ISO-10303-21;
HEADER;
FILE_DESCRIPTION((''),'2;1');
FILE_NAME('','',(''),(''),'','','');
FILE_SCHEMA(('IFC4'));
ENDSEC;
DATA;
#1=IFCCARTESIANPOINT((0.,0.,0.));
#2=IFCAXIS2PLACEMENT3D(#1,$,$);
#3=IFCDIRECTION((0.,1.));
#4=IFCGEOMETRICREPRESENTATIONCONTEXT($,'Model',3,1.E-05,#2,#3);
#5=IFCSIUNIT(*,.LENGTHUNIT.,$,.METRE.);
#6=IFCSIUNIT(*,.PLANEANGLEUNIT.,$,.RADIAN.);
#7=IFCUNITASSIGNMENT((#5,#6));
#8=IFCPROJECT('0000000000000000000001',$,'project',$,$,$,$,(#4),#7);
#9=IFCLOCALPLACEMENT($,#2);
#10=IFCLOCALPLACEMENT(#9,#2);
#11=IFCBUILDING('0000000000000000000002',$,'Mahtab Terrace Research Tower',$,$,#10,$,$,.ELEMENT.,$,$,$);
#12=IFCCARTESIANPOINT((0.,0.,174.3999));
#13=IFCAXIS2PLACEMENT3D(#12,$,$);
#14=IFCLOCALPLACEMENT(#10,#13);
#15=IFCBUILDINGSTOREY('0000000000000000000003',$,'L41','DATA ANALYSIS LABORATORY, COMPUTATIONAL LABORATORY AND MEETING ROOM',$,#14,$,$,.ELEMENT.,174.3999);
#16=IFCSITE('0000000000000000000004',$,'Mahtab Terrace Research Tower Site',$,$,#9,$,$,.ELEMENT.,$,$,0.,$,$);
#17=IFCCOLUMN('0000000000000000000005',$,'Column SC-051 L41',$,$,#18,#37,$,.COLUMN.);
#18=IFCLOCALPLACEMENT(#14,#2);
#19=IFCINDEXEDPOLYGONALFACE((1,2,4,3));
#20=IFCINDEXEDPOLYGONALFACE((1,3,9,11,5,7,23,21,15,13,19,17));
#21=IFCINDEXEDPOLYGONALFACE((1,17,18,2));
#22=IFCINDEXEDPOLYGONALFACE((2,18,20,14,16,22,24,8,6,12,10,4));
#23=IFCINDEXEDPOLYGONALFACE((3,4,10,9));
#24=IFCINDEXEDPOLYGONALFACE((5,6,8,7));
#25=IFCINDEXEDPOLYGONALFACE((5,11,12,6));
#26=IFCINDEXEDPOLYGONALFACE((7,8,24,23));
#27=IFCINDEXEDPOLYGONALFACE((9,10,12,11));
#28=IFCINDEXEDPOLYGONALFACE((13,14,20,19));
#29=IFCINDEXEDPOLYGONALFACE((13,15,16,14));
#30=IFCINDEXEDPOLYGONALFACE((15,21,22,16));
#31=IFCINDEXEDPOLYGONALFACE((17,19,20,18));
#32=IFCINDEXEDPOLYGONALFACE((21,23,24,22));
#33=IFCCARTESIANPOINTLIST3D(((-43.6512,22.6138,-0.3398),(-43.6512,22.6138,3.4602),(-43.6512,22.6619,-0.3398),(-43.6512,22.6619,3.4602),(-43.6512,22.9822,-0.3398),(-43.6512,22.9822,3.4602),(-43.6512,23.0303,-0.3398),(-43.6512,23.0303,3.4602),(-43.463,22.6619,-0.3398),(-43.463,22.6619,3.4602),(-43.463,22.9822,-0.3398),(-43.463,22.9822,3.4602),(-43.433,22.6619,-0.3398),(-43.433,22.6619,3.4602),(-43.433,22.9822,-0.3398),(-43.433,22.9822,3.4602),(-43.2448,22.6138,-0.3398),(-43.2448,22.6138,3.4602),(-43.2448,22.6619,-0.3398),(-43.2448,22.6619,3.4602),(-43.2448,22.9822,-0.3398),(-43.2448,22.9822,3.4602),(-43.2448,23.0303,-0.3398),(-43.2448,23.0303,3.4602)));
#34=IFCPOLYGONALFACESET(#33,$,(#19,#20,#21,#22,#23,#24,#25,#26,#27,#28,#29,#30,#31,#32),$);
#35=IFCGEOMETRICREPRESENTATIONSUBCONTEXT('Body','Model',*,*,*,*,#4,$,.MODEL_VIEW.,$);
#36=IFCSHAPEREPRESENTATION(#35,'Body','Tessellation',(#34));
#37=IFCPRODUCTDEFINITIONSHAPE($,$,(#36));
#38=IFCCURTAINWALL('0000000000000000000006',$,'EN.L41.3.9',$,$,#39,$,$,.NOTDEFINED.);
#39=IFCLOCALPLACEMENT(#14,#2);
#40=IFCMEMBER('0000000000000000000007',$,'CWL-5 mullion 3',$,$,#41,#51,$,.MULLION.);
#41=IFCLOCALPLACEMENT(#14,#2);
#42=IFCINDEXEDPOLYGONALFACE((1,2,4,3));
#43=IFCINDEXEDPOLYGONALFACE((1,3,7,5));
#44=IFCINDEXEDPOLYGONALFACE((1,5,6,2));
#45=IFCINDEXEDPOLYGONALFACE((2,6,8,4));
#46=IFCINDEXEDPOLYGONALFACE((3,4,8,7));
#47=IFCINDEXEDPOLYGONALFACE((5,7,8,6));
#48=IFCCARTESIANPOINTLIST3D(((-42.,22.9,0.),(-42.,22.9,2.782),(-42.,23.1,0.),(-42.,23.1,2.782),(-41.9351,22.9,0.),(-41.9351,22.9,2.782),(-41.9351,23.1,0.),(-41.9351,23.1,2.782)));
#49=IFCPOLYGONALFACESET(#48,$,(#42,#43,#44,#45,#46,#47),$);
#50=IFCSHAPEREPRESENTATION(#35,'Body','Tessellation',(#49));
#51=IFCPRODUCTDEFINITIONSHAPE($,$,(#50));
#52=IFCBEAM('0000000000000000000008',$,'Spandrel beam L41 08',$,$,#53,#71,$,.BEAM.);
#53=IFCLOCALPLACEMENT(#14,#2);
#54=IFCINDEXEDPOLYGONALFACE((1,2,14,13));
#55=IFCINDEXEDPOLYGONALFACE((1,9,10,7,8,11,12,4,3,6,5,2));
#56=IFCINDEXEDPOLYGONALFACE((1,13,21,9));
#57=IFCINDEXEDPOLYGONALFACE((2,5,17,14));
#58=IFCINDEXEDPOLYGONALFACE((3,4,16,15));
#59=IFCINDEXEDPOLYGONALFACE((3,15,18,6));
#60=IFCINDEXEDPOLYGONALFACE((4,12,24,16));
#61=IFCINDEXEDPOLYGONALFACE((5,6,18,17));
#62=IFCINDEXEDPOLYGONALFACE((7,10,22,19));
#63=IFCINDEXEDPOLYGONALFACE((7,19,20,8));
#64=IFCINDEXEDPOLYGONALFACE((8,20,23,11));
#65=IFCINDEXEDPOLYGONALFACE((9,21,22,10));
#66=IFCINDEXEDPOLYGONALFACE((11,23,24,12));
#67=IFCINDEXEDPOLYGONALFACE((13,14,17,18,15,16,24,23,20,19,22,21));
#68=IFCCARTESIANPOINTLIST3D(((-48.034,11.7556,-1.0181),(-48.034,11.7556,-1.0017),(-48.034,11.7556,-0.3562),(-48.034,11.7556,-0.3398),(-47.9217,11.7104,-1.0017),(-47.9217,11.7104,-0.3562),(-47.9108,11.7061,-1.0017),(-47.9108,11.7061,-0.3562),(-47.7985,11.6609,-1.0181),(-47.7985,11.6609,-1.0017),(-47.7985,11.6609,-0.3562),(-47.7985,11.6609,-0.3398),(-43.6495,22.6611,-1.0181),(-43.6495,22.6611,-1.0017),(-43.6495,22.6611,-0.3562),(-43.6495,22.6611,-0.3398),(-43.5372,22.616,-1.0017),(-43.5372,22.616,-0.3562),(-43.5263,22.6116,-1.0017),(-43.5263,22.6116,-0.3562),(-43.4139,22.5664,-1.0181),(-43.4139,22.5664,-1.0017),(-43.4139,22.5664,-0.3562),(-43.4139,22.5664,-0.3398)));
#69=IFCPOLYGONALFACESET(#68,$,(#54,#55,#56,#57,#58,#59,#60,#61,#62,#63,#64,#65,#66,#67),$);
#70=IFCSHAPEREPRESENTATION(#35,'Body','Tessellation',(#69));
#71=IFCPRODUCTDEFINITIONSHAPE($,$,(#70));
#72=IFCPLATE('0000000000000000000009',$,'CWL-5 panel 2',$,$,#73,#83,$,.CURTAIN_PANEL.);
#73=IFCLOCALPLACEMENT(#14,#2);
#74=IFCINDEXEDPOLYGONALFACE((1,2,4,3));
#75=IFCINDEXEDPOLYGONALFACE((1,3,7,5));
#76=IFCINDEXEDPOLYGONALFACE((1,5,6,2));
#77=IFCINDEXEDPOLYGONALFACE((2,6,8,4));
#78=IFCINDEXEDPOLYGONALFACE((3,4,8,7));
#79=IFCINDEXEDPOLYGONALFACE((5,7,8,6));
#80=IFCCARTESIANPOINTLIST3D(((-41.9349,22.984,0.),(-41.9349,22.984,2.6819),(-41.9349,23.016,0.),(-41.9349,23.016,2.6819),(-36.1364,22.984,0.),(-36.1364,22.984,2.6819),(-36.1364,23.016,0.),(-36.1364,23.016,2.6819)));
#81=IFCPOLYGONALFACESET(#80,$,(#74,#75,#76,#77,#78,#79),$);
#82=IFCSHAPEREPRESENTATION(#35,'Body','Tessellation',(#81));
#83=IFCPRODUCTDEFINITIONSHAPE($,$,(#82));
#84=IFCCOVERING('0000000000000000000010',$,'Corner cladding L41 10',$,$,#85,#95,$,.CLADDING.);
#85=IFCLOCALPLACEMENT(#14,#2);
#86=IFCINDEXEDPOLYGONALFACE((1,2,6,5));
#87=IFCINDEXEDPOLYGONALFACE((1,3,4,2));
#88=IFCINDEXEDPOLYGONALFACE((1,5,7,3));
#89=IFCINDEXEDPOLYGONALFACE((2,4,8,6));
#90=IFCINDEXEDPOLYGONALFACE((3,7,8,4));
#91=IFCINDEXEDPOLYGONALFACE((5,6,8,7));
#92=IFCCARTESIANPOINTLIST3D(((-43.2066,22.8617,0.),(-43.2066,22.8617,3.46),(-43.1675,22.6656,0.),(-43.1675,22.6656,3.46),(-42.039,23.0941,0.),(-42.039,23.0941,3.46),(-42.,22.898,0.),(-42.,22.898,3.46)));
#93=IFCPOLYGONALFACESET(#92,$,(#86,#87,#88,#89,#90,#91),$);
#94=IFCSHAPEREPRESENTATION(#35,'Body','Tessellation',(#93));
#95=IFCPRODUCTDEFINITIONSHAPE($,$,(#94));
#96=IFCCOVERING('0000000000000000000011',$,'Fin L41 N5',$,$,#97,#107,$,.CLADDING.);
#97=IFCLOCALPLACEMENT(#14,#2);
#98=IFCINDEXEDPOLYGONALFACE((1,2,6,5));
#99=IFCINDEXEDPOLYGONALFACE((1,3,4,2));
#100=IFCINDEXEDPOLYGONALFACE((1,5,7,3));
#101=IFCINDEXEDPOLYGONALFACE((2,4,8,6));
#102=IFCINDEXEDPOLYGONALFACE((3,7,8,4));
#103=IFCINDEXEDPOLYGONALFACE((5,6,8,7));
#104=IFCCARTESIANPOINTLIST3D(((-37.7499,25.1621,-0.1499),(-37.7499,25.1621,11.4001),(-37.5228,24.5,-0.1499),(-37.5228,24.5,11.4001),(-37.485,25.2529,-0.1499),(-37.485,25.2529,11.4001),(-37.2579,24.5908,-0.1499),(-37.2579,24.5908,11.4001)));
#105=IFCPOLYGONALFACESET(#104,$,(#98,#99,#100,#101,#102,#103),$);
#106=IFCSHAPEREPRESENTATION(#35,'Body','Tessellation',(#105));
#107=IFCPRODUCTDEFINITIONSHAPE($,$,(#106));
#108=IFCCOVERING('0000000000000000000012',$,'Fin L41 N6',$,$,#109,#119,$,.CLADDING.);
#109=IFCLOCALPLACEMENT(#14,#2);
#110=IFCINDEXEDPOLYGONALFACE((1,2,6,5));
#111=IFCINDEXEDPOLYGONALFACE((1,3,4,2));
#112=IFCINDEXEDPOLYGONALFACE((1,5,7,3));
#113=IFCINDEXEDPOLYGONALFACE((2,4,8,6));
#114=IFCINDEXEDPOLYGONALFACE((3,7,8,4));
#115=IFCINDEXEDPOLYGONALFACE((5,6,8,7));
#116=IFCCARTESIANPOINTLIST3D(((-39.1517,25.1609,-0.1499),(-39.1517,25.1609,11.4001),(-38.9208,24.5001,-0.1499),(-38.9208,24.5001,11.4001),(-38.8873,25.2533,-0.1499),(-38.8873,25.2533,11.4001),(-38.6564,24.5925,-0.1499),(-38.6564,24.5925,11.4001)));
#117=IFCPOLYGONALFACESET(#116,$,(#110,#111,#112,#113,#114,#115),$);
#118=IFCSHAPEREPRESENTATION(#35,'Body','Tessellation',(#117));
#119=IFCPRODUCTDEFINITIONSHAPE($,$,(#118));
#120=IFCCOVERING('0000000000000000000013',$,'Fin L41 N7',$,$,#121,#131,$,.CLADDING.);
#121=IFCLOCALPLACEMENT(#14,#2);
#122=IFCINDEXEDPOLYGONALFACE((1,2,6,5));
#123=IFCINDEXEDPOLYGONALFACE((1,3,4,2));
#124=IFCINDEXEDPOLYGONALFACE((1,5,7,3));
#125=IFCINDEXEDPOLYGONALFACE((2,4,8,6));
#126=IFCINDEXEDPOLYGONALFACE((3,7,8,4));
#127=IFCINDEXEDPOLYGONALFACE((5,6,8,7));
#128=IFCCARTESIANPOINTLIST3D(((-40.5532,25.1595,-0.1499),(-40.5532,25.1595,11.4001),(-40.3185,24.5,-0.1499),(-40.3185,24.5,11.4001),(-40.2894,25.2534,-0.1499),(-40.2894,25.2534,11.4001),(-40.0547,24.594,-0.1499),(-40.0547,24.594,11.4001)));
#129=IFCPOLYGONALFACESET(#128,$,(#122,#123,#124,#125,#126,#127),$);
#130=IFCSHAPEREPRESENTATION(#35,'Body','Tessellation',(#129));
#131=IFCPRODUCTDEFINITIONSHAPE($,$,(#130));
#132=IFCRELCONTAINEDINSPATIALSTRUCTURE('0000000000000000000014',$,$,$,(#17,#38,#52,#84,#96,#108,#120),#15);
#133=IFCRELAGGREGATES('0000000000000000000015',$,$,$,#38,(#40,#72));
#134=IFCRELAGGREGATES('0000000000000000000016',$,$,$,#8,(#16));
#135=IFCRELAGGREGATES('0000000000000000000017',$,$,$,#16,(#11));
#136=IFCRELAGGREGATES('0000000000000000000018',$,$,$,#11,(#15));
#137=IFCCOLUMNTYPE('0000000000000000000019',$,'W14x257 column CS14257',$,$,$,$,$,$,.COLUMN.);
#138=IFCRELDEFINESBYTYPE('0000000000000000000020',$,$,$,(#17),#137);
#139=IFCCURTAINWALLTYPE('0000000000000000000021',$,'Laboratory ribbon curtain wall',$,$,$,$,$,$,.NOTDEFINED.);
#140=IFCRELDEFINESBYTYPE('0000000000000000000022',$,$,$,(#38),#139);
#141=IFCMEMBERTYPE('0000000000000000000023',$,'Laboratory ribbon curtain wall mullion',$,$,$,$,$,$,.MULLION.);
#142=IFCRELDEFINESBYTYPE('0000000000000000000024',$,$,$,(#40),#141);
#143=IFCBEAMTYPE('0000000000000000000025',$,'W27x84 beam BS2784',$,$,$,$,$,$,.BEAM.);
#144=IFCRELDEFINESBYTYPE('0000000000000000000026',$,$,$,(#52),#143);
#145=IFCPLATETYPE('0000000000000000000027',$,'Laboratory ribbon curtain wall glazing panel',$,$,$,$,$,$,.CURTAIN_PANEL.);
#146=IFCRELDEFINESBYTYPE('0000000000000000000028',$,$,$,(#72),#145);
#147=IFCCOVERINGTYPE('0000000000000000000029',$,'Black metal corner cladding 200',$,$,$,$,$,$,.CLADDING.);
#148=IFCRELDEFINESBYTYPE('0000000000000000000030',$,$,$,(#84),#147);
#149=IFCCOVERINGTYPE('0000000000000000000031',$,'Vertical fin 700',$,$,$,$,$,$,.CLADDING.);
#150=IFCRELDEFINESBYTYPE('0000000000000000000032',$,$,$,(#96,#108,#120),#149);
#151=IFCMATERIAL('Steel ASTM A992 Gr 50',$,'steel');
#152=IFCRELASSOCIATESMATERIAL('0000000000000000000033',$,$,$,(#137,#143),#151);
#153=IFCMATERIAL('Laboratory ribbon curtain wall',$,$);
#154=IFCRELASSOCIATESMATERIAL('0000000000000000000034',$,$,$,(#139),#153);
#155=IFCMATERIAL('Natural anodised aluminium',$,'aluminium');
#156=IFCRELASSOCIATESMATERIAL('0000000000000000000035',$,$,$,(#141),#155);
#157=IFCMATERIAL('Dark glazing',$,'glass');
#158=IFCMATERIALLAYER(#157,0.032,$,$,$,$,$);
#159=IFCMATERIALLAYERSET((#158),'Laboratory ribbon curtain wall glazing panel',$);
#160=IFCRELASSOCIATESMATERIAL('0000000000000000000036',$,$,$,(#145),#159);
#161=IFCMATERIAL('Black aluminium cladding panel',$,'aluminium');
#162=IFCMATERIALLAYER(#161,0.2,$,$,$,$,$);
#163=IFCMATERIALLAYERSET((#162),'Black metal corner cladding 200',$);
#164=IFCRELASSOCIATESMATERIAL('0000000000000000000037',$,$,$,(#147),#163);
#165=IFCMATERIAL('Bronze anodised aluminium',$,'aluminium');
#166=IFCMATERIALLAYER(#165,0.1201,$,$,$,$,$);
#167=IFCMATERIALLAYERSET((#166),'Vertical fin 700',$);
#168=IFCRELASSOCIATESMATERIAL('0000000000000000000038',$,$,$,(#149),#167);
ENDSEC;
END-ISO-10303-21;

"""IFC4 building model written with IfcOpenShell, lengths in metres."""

from ifc_helpers import new_model, si_unit, direction, frame, origin, origin_2d, place, context, subcontext, project, spatial, rectangle, i_section, extrude, material, layer, layer_set, material_profile, profile_set, type_object, element, aggregate, save


model = new_model("IFC4")

# Units and contexts
model_context = context("Model", 3, precision=1e-05, world=origin(), true_north=direction((0.0, 1.0)))
body_context = subcontext(model_context, "Body", "Model", "MODEL_VIEW")
ifc_project = project(units=[si_unit("LENGTHUNIT", "METRE"), si_unit("PLANEANGLEUNIT", "RADIAN")], contexts=[model_context])

# Site, building, storey
site_placement = place(None, origin())
site = spatial("IfcSite", under=ifc_project, at=site_placement, Name="Mahtab Terrace Research Tower Site", CompositionType="ELEMENT", RefElevation=0.0)
building_placement = place(site_placement, origin())
building = spatial("IfcBuilding", under=site, at=building_placement, Name="Mahtab Terrace Research Tower", CompositionType="ELEMENT")
storey_placement = place(building_placement, frame((0.0, 0.0, 174.3999)))
storey = spatial("IfcBuildingStorey", under=building, at=storey_placement, Name="L41", Description="DATA ANALYSIS LABORATORY, COMPUTATIONAL LABORATORY AND MEETING ROOM", CompositionType="ELEMENT", Elevation=174.3999)

# Column
ifc_material_1 = material(Name="Steel ASTM A992 Gr 50", Category="steel")
ifc_material_profile_1 = material_profile(ifc_material_1, i_section(OverallWidth=0.4065, OverallDepth=0.4165, WebThickness=0.03, FlangeThickness=0.0481, at=origin_2d()), Name="W14X257")
ifc_profile_set_1 = profile_set([ifc_material_profile_1], Name="Steel ASTM A992 Gr 50")
column_type = type_object("IfcColumnType", Name="W14x257 column CS14257", PredefinedType="COLUMN", material=ifc_profile_set_1)
column_placement = place(storey_placement, frame((-43.448, 22.822, -0.3398), z_axis=(0.0, 0.0, 1.0), x_axis=(1.0, 0.0, 0.0)))
element("IfcColumn", 1, at=column_placement, inside=storey, type_object=column_type, Name="Column SC-051 L41", PredefinedType="COLUMN", context=body_context, shape_type="SweptSolid", body=[
    extrude(i_section(OverallWidth=0.4065, OverallDepth=0.4165, WebThickness=0.03, FlangeThickness=0.0481, at=origin_2d()), origin(), (0.0, 0.0, 1.0), 3.8),
])

# Curtain wall, member
ifc_material_2 = material(Name="Laboratory ribbon curtain wall")
curtain_wall_type = type_object("IfcCurtainWallType", Name="Laboratory ribbon curtain wall", PredefinedType="NOTDEFINED", material=ifc_material_2)
curtain_wall_placement = place(storey_placement, origin())
curtain_wall = element("IfcCurtainWall", 2, at=curtain_wall_placement, inside=storey, type_object=curtain_wall_type, Name="EN.L41.3.9", PredefinedType="NOTDEFINED")
ifc_material_3 = material(Name="Natural anodised aluminium", Category="aluminium")
ifc_material_profile_2 = material_profile(ifc_material_3, rectangle(XDim=0.2, YDim=0.0649, at=origin_2d()), Name="MULLION 65x200")
ifc_profile_set_2 = profile_set([ifc_material_profile_2], Name="Natural anodised aluminium")
member_type = type_object("IfcMemberType", Name="Laboratory ribbon curtain wall mullion", PredefinedType="MULLION", material=ifc_profile_set_2)
member_placement = place(storey_placement, frame((-41.9675, 23.0, 0.0), z_axis=(0.0, 0.0, 1.0), x_axis=(0.0, -1.0, 0.0)))
member = element("IfcMember", 3, at=member_placement, type_object=member_type, Name="CWL-5 mullion 3", PredefinedType="MULLION", context=body_context, shape_type="SweptSolid", body=[
    extrude(rectangle(XDim=0.2, YDim=0.0649, at=origin_2d()), origin(), (0.0, 0.0, 1.0), 2.782),
])

# Beam
ifc_material_profile_3 = material_profile(ifc_material_1, i_section(OverallWidth=0.2539, OverallDepth=0.6782, WebThickness=0.0117, FlangeThickness=0.0164, at=origin_2d()), Name="W27X84")
ifc_profile_set_3 = profile_set([ifc_material_profile_3], Name="Steel ASTM A992 Gr 50")
beam_type = type_object("IfcBeamType", Name="W27x84 beam BS2784", PredefinedType="BEAM", material=ifc_profile_set_3)
beam_placement = place(storey_placement, frame((-43.5317, 22.6138, -0.679), z_axis=(-0.373027, -0.927821, 0.0), x_axis=(0.927821, -0.373027, 0.0)))
element("IfcBeam", 4, at=beam_placement, inside=storey, type_object=beam_type, Name="Spandrel beam L41 08", PredefinedType="BEAM", context=body_context, shape_type="SweptSolid", body=[
    extrude(i_section(OverallWidth=0.2539, OverallDepth=0.6782, WebThickness=0.0117, FlangeThickness=0.0164, at=origin_2d()), origin(), (0.0, 0.0, 1.0), 11.7539),
])

# Plate
ifc_material_4 = material(Name="Dark glazing", Category="glass")
ifc_layer_1 = layer(ifc_material_4, 0.032)
ifc_layer_set_1 = layer_set([ifc_layer_1], Name="Laboratory ribbon curtain wall glazing panel")
plate_type = type_object("IfcPlateType", Name="Laboratory ribbon curtain wall glazing panel", PredefinedType="CURTAIN_PANEL", material=ifc_layer_set_1)
plate_placement = place(storey_placement, frame((-39.0356, 23.0, 0.0), z_axis=(0.0, 0.0, 1.0), x_axis=(-1.0, 0.0, 0.0)))
plate = element("IfcPlate", 5, at=plate_placement, type_object=plate_type, Name="CWL-5 panel 2", PredefinedType="CURTAIN_PANEL", context=body_context, shape_type="SweptSolid", body=[
    extrude(rectangle(XDim=5.7986, YDim=0.032, at=origin_2d()), origin(), (0.0, 0.0, 1.0), 2.6819),
])
aggregate(curtain_wall, [member, plate])

# Coverings
ifc_material_5 = material(Name="Black aluminium cladding panel", Category="aluminium")
ifc_layer_2 = layer(ifc_material_5, 0.2)
ifc_layer_set_2 = layer_set([ifc_layer_2], Name="Black metal corner cladding 200")
covering_type_1 = type_object("IfcCoveringType", Name="Black metal corner cladding 200", PredefinedType="CLADDING", material=ifc_layer_set_2)
covering_placement = place(storey_placement, frame((-42.6033, 22.8799, 0.0), z_axis=(0.0, 0.0, 1.0), x_axis=(-0.980761, -0.195212, 0.0)))
element("IfcCovering", 6, at=covering_placement, inside=storey, type_object=covering_type_1, Name="Corner cladding L41 10", PredefinedType="CLADDING", context=body_context, shape_type="SweptSolid", body=[
    extrude(rectangle(XDim=1.1904, YDim=0.2, at=origin_2d()), origin(), (0.0, 0.0, 1.0), 3.46),
])
ifc_material_6 = material(Name="Bronze anodised aluminium", Category="aluminium")
ifc_layer_3 = layer(ifc_material_6, 0.1201)
ifc_layer_set_3 = layer_set([ifc_layer_3], Name="Vertical fin 700")
covering_type_2 = type_object("IfcCoveringType", Name="Vertical fin 700", PredefinedType="CLADDING", material=ifc_layer_set_3)
for number, where, z_axis, x_axis, name in (
    (7, (-37.5039, 24.8765, -0.1499), (0.0, 0.0, 1.0), (-0.945918, -0.324405, 0.0), "Fin L41 N5"),
    (8, (-38.9041, 24.8767, -0.1499), (0.0, 0.0, 1.0), (-0.944015, -0.329902, 0.0), "Fin L41 N6"),
    (9, (-40.304, 24.8767, -0.1499), (0.0, 0.0, 1.0), (-0.94208, -0.335389, 0.0), "Fin L41 N7"),
):
    element("IfcCovering", number, at=place(storey_placement, frame(where, z_axis=z_axis, x_axis=x_axis)), inside=storey, type_object=covering_type_2, Name=name, PredefinedType="CLADDING", context=body_context, shape_type="SweptSolid", body=[
        extrude(rectangle(XDim=0.28, YDim=0.7, at=origin_2d()), origin(), (0.0, 0.0, 1.0), 11.55),
    ])

save(model, "model.ifc")
